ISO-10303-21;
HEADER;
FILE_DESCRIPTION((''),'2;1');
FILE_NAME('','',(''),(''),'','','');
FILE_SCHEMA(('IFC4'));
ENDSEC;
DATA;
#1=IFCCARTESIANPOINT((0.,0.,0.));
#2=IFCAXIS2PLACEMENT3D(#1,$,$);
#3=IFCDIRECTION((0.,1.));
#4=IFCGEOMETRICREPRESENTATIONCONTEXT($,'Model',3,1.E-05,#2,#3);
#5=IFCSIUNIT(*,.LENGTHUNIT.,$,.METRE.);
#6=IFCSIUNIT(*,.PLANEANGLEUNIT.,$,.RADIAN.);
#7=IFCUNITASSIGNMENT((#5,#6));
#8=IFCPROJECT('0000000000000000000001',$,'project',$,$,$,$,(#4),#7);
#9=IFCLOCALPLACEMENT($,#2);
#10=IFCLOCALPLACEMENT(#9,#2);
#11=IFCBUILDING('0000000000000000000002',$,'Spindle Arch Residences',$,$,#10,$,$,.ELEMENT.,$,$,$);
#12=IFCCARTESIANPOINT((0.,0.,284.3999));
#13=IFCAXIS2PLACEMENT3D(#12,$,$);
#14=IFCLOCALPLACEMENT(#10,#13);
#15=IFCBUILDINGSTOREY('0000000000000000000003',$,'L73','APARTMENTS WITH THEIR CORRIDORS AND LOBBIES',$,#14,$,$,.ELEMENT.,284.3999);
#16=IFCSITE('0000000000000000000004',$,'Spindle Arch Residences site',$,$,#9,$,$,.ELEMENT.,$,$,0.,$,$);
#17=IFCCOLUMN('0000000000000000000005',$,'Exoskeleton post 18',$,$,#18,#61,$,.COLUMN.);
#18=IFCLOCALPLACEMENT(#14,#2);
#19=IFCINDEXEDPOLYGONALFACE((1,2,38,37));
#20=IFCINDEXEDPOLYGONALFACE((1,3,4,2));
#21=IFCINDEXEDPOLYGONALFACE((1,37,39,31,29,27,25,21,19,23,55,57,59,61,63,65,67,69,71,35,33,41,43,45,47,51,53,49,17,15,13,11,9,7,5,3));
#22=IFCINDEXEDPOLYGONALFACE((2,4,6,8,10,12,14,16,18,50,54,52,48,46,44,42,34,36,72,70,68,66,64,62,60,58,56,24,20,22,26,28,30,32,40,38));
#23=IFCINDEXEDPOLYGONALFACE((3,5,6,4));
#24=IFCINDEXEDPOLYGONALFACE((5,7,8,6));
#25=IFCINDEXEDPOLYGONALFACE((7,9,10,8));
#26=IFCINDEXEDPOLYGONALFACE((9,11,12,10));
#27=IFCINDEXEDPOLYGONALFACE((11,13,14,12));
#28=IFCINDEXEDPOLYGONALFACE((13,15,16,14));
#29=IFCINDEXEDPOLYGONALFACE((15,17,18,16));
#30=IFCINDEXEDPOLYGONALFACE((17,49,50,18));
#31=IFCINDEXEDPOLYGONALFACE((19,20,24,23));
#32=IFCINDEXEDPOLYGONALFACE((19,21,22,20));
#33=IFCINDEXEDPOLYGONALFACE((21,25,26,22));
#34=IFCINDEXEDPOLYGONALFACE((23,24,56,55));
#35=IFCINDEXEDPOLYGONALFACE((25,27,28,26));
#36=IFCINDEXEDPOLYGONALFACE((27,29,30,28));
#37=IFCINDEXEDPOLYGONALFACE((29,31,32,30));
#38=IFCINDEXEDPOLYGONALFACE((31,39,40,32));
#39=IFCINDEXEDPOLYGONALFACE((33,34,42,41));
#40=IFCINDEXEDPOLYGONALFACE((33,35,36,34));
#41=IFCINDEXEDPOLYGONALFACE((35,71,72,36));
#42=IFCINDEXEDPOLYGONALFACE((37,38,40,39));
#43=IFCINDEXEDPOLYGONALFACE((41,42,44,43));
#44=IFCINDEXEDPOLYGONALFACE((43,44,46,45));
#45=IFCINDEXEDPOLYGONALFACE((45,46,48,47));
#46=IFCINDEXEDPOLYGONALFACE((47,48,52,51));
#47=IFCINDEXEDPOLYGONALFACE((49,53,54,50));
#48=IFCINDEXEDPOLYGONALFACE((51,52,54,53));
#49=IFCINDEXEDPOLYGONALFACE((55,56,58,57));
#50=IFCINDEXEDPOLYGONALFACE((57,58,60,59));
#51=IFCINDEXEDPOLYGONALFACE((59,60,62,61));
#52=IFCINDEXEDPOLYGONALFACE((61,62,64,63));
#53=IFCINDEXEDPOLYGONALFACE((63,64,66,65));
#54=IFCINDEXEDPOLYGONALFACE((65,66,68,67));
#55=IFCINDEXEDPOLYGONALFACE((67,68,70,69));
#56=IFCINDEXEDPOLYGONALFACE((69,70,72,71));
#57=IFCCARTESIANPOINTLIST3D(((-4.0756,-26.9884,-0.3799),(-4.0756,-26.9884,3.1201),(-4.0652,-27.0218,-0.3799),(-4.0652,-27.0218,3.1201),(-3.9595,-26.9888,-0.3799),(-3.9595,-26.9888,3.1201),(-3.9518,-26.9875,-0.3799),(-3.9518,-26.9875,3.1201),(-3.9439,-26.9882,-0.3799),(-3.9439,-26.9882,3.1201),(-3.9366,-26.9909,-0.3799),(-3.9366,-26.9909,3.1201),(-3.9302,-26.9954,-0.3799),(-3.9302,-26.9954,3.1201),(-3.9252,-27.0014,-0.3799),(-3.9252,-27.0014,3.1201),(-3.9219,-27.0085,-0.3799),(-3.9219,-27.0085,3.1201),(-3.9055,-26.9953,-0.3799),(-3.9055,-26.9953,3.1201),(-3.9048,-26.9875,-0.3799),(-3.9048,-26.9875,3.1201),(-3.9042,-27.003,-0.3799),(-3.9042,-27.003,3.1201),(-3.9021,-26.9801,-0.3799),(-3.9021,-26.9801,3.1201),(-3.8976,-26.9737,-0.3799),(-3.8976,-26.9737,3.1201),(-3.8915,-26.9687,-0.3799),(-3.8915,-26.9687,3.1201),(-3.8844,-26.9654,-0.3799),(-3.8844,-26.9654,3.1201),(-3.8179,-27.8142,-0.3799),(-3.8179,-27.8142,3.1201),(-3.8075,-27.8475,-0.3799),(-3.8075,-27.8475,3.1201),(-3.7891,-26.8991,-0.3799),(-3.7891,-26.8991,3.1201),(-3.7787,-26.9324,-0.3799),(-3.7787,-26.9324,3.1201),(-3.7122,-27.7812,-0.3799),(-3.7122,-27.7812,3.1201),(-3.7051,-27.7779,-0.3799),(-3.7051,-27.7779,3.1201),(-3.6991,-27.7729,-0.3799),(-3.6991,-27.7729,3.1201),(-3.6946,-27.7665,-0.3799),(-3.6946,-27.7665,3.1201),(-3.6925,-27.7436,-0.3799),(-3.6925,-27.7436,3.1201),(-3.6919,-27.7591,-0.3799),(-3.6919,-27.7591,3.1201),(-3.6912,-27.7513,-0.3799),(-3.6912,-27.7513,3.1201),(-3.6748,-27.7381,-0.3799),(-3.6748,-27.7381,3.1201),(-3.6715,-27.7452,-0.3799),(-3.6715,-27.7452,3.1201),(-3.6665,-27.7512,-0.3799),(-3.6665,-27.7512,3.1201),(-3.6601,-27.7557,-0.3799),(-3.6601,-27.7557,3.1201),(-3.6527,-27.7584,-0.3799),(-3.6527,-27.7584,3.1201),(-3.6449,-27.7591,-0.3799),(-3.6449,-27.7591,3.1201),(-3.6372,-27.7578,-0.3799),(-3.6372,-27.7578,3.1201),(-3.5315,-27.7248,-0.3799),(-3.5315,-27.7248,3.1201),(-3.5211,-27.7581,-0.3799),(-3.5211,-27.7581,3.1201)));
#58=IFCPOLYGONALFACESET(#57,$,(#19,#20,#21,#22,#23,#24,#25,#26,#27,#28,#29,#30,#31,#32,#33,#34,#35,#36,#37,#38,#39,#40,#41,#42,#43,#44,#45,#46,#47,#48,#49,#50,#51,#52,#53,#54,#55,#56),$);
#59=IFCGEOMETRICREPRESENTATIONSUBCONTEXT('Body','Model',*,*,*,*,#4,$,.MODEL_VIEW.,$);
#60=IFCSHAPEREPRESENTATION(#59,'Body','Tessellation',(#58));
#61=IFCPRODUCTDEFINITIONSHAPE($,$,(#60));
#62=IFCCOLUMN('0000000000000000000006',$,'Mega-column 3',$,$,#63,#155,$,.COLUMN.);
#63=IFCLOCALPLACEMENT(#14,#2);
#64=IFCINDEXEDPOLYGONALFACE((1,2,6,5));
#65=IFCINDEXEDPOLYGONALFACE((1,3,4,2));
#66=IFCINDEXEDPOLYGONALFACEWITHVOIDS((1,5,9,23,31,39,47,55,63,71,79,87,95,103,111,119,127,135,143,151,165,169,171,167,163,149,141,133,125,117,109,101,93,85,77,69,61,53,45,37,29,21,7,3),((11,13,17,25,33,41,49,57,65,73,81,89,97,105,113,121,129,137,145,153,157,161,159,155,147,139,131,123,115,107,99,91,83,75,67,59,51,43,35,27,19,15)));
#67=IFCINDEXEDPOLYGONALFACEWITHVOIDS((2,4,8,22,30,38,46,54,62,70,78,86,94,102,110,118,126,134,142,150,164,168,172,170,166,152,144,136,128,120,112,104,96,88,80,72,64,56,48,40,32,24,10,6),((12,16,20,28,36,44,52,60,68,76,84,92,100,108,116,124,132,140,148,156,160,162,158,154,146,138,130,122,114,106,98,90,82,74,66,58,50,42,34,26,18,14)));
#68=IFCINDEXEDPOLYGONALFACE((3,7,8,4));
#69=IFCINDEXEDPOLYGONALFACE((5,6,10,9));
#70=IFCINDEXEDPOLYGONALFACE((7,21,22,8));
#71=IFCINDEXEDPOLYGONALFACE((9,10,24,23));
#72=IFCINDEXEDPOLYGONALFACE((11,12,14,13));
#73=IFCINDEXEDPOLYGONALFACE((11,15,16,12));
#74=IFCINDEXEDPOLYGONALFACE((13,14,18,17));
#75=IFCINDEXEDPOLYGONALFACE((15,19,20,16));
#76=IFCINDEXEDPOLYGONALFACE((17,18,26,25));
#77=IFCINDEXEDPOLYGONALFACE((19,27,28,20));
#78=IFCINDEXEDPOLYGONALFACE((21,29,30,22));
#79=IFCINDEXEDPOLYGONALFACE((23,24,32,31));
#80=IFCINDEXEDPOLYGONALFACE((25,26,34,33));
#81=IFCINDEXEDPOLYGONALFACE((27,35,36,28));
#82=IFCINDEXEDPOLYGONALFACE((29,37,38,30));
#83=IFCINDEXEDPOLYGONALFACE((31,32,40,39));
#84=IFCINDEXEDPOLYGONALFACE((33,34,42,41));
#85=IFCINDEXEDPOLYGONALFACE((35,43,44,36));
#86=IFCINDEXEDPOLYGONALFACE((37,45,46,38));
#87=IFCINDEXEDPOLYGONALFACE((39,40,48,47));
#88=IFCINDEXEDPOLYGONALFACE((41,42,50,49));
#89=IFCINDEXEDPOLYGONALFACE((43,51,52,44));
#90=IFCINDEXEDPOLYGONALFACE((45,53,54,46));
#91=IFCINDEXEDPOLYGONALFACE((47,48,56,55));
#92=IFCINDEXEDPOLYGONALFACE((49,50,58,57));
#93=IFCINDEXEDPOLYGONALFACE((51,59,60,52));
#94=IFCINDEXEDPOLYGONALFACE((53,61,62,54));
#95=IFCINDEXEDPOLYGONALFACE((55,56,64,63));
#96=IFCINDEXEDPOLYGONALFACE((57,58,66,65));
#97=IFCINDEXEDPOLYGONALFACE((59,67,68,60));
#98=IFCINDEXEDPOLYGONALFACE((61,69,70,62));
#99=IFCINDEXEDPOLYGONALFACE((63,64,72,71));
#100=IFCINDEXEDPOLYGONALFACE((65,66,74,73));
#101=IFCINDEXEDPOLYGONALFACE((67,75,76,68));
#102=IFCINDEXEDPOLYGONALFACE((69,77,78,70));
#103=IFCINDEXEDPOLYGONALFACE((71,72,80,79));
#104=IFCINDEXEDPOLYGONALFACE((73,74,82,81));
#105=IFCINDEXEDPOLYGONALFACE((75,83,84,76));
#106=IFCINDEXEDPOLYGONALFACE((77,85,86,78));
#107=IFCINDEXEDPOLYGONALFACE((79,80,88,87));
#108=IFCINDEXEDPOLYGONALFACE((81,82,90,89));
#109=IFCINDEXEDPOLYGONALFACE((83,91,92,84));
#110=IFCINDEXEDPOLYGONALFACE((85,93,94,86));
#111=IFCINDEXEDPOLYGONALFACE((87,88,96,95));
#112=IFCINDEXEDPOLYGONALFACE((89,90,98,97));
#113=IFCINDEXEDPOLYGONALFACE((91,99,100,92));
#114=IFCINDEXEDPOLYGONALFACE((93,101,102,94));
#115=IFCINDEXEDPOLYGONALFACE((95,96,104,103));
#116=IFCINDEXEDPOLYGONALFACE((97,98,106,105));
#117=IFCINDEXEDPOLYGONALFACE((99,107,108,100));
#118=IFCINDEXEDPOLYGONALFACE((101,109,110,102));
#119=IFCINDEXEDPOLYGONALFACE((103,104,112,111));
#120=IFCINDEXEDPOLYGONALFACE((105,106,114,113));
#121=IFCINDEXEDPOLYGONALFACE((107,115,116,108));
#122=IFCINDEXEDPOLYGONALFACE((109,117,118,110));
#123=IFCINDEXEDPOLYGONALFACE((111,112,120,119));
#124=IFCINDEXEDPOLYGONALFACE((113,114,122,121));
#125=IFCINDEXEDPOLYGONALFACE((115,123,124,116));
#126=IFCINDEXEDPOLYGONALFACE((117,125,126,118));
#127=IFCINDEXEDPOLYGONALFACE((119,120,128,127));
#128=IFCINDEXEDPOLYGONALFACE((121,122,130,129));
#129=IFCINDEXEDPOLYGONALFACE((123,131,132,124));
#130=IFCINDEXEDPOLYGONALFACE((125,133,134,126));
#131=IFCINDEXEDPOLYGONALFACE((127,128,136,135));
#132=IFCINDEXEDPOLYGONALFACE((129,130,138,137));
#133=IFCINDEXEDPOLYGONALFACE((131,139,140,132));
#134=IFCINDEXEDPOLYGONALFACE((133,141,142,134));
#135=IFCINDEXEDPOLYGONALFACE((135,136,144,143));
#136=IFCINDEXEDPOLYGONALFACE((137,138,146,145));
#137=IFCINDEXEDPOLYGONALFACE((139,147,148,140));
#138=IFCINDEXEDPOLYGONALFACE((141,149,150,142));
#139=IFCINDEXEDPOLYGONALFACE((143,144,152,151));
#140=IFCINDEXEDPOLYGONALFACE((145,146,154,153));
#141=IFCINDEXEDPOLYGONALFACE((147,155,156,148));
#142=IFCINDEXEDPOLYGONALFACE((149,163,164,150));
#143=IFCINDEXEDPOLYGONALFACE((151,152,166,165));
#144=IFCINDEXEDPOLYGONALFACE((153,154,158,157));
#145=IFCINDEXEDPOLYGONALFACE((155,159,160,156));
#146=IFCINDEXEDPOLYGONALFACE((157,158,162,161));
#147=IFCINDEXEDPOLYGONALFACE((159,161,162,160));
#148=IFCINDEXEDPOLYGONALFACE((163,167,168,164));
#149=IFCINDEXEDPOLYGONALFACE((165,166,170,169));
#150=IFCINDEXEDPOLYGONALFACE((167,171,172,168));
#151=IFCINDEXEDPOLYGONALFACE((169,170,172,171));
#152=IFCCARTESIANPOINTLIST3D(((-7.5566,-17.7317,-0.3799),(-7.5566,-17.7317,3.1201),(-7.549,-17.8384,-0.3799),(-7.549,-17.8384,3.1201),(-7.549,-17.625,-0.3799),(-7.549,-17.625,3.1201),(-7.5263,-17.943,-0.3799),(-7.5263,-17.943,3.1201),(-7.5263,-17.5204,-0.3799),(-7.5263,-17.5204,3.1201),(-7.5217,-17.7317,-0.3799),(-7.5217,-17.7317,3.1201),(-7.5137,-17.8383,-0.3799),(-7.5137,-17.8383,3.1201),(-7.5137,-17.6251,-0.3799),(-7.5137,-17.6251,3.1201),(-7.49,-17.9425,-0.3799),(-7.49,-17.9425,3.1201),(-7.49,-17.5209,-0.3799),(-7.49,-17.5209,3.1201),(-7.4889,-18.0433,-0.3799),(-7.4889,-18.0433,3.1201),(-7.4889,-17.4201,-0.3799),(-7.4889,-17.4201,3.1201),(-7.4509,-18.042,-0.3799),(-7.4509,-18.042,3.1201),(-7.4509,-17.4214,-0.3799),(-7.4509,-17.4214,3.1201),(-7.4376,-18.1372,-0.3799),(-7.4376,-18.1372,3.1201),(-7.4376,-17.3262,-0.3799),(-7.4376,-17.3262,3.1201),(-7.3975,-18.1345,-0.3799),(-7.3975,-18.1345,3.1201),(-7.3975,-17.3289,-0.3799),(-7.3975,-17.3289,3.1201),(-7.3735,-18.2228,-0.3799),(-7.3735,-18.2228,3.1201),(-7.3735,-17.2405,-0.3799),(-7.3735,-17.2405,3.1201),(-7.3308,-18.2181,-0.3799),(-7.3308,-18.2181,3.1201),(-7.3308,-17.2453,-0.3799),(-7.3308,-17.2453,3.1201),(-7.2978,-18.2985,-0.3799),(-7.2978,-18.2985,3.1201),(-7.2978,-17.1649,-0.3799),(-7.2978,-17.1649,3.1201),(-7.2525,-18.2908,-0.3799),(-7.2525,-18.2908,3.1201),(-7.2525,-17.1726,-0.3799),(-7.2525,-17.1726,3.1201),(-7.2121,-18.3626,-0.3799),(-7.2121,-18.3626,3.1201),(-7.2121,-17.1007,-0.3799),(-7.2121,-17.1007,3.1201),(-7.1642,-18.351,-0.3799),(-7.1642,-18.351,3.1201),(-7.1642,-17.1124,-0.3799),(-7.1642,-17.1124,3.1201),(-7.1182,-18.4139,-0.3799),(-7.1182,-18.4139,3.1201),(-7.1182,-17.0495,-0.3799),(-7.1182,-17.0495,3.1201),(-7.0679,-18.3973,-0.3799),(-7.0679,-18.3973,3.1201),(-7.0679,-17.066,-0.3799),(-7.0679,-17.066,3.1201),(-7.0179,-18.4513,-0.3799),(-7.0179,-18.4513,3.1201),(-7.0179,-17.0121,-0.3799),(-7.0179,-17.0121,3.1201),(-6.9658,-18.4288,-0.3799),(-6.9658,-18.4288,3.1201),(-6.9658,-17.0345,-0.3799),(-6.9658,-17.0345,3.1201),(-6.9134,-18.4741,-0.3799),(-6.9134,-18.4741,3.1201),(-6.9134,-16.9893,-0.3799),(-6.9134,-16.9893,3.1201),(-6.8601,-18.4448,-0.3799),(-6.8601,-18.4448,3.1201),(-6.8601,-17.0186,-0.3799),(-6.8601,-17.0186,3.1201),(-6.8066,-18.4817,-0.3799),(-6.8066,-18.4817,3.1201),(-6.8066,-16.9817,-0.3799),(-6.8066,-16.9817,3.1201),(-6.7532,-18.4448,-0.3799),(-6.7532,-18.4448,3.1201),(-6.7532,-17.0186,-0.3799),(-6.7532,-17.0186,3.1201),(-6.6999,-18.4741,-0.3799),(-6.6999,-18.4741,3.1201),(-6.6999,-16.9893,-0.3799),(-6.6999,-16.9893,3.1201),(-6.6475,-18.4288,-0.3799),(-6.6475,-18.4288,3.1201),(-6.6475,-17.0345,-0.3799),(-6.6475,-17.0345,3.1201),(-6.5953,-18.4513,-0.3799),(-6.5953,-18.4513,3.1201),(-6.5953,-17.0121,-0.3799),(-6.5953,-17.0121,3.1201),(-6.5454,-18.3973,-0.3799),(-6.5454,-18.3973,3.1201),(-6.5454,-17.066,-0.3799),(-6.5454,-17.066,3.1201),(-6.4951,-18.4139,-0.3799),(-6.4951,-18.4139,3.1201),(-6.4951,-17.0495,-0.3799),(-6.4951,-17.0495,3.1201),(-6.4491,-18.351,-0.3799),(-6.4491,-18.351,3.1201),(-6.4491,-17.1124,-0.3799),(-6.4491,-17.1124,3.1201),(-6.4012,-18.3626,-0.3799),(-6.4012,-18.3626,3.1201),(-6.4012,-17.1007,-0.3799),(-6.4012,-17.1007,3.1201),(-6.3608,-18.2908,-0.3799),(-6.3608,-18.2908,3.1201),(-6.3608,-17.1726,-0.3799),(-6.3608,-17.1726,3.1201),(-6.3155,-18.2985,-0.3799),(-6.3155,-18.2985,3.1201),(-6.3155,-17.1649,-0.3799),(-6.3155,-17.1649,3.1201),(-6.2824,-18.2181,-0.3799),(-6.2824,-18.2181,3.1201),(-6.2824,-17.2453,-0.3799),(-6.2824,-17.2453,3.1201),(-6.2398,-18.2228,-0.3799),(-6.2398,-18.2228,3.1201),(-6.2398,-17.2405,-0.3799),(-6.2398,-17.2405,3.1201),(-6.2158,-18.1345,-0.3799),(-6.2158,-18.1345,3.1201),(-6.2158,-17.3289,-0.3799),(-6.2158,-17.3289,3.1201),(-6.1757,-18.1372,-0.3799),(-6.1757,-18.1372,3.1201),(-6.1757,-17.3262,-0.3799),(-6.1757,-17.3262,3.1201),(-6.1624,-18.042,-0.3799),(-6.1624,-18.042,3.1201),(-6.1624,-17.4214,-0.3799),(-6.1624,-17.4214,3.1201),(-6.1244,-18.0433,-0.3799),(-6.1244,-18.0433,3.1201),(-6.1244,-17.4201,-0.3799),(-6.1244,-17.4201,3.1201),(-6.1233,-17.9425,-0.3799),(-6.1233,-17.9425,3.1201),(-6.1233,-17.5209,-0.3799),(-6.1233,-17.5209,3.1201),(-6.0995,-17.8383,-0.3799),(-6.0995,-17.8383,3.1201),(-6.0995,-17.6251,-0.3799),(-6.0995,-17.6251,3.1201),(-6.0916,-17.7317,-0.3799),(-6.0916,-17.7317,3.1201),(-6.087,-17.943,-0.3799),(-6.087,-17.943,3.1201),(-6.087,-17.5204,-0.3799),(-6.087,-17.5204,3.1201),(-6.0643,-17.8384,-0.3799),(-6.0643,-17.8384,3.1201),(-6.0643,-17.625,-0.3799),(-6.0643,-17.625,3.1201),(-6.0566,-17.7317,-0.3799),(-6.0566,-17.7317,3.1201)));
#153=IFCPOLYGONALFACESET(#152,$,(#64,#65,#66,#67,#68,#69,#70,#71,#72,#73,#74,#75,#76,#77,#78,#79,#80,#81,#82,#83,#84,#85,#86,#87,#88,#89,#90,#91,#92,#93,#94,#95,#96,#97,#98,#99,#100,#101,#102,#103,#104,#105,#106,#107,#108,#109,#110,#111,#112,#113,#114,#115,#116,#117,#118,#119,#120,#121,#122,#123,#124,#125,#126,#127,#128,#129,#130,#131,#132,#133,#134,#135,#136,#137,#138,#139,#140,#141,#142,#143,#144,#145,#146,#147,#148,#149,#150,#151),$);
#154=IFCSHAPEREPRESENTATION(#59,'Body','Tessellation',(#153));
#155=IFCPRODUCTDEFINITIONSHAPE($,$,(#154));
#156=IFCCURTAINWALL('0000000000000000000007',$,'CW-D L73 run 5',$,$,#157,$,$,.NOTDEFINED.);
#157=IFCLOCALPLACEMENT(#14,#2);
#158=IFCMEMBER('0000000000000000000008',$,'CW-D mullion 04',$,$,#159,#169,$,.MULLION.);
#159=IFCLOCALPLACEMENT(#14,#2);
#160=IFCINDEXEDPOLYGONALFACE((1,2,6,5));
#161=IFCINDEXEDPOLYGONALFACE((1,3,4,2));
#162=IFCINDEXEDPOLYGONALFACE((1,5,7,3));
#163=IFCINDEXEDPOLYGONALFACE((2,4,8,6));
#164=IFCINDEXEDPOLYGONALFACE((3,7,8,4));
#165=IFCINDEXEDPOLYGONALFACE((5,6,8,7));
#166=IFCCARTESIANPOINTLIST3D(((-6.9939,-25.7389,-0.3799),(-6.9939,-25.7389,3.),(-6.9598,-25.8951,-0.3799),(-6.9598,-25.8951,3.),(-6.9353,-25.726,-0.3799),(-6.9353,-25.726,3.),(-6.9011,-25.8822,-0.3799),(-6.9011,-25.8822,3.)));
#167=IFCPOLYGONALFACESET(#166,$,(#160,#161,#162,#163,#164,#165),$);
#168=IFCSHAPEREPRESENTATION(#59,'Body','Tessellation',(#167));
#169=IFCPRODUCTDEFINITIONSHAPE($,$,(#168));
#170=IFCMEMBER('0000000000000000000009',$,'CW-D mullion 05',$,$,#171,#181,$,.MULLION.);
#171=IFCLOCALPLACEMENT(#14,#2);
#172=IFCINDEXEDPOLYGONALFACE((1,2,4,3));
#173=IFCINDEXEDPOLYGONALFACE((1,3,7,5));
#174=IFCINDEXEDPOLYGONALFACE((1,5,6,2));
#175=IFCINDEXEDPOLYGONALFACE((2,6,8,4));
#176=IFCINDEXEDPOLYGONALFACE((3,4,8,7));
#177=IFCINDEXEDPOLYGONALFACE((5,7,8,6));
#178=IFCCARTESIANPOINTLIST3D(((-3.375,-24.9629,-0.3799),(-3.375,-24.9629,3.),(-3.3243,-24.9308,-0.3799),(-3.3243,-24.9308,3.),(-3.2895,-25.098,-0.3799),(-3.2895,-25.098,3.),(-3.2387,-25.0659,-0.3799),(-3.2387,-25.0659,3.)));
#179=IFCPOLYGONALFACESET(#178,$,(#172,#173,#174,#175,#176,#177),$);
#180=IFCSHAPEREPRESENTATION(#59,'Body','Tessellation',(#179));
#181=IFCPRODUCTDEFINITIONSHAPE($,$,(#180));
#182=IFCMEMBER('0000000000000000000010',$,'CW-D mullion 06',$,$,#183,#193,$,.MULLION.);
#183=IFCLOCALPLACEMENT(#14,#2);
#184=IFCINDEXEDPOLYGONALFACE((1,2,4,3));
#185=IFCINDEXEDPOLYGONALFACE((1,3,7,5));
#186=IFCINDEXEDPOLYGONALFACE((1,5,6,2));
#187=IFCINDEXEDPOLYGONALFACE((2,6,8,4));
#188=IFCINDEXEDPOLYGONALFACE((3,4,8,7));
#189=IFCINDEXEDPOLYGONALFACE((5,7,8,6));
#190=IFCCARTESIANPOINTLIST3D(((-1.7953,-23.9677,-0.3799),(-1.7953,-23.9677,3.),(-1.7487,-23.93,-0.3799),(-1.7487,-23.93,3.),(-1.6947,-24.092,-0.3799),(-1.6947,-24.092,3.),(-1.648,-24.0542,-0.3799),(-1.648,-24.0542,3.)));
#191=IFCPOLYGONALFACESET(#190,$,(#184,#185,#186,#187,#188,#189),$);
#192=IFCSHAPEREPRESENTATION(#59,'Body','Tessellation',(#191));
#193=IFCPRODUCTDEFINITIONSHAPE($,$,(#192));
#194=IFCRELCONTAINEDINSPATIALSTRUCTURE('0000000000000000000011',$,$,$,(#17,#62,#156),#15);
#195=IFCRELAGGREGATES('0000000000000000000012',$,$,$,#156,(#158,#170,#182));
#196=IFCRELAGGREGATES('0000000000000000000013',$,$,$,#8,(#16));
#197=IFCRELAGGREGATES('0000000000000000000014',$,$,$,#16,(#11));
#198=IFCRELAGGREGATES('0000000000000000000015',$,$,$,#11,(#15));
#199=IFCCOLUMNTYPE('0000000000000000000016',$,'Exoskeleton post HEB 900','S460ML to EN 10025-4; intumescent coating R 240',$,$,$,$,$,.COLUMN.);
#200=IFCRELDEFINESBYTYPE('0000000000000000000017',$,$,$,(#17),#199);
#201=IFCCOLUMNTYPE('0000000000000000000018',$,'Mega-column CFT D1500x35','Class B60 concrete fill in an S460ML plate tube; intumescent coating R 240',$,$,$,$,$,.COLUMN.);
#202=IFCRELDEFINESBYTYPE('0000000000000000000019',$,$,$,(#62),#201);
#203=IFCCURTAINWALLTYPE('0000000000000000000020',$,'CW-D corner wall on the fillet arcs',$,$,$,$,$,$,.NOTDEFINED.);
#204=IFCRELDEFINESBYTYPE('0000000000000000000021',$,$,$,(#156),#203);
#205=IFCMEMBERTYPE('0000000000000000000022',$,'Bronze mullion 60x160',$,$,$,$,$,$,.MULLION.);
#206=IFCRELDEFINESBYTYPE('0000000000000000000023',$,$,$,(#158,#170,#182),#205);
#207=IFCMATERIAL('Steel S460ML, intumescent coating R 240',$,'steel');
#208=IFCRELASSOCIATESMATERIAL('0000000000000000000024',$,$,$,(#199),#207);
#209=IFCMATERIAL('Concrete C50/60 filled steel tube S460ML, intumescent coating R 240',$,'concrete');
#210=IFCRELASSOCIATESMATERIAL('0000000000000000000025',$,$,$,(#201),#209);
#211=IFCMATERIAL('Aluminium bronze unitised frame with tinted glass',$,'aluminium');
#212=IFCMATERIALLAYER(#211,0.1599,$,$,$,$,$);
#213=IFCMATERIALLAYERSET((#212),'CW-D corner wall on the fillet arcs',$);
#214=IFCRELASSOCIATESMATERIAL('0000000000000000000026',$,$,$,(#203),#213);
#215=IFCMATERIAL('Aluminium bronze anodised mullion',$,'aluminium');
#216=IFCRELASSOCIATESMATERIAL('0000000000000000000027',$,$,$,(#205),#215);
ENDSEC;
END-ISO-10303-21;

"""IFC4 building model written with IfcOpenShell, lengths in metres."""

from ifc_helpers import new_model, si_unit, direction, frame, origin, origin_2d, place, context, subcontext, project, spatial, rectangle, hollow_circle, i_section, extrude, material, layer, layer_set, material_profile, profile_set, type_object, element, aggregate, save


model = new_model("IFC4")

# Units and contexts
model_context = context("Model", 3, precision=1e-05, world=origin(), true_north=direction((0.0, 1.0)))
body_context = subcontext(model_context, "Body", "Model", "MODEL_VIEW")
ifc_project = project(units=[si_unit("LENGTHUNIT", "METRE"), si_unit("PLANEANGLEUNIT", "RADIAN")], contexts=[model_context])

# Site, building, storey
site_placement = place(None, origin())
site = spatial("IfcSite", under=ifc_project, at=site_placement, Name="Spindle Arch Residences site", CompositionType="ELEMENT", RefElevation=0.0)
building_placement = place(site_placement, origin())
building = spatial("IfcBuilding", under=site, at=building_placement, Name="Spindle Arch Residences", CompositionType="ELEMENT")
storey_placement = place(building_placement, frame((0.0, 0.0, 284.3999)))
storey = spatial("IfcBuildingStorey", under=building, at=storey_placement, Name="L73", Description="APARTMENTS WITH THEIR CORRIDORS AND LOBBIES", CompositionType="ELEMENT", Elevation=284.3999)

# Columns
ifc_material_1 = material(Name="Steel S460ML, intumescent coating R 240", Category="steel")
ifc_material_profile_1 = material_profile(ifc_material_1, i_section(OverallWidth=0.3, OverallDepth=0.8999, WebThickness=0.0186, FlangeThickness=0.0349, FilletRadius=0.03, at=origin_2d()), Name="HEB 900")
ifc_profile_set_1 = profile_set([ifc_material_profile_1], Name="Steel S460ML, intumescent coating R 240")
column_type_1 = type_object("IfcColumnType", Name="Exoskeleton post HEB 900", Description="S460ML to EN 10025-4; intumescent coating R 240", PredefinedType="COLUMN", material=ifc_profile_set_1)
column_1_placement = place(storey_placement, frame((-3.7983, -27.3733, -0.3799), z_axis=(0.0, 0.0, 1.0), x_axis=(-0.954617, -0.297835, 0.0)))
element("IfcColumn", 1, at=column_1_placement, inside=storey, type_object=column_type_1, Name="Exoskeleton post 18", PredefinedType="COLUMN", context=body_context, shape_type="SweptSolid", body=[
    extrude(i_section(OverallWidth=0.3, OverallDepth=0.8999, WebThickness=0.0186, FlangeThickness=0.0349, FilletRadius=0.03, at=origin_2d()), origin(), (0.0, 0.0, 1.0), 3.5),
])
ifc_material_2 = material(Name="Concrete C50/60 filled steel tube S460ML, intumescent coating R 240", Category="concrete")
ifc_material_profile_2 = material_profile(ifc_material_2, hollow_circle(Radius=0.75, WallThickness=0.0349, at=origin_2d()), Name="CFT D1500x35")
ifc_profile_set_2 = profile_set([ifc_material_profile_2], Name="Concrete C50/60 filled steel tube S460ML, intumescent coating R 240")
column_type_2 = type_object("IfcColumnType", Name="Mega-column CFT D1500x35", Description="Class B60 concrete fill in an S460ML plate tube; intumescent coating R 240", PredefinedType="COLUMN", material=ifc_profile_set_2)
column_2_placement = place(storey_placement, frame((-6.8066, -17.7317, -0.3799), z_axis=(0.0, 0.0, 1.0), x_axis=(1.0, 0.0, 0.0)))
element("IfcColumn", 2, at=column_2_placement, inside=storey, type_object=column_type_2, Name="Mega-column 3", PredefinedType="COLUMN", context=body_context, shape_type="SweptSolid", body=[
    extrude(hollow_circle(Radius=0.75, WallThickness=0.0349, at=origin_2d()), origin(), (0.0, 0.0, 1.0), 3.5),
])

# Curtain wall, members
ifc_material_3 = material(Name="Aluminium bronze unitised frame with tinted glass", Category="aluminium")
ifc_layer_1 = layer(ifc_material_3, 0.1599)
ifc_layer_set_1 = layer_set([ifc_layer_1], Name="CW-D corner wall on the fillet arcs")
curtain_wall_type = type_object("IfcCurtainWallType", Name="CW-D corner wall on the fillet arcs", PredefinedType="NOTDEFINED", material=ifc_layer_set_1)
curtain_wall_placement = place(storey_placement, origin())
curtain_wall = element("IfcCurtainWall", 3, at=curtain_wall_placement, inside=storey, type_object=curtain_wall_type, Name="CW-D L73 run 5", PredefinedType="NOTDEFINED")
ifc_material_4 = material(Name="Aluminium bronze anodised mullion", Category="aluminium")
ifc_material_profile_3 = material_profile(ifc_material_4, rectangle(XDim=0.1599, YDim=0.0601, at=origin_2d()), Name="MU 60x160")
ifc_profile_set_3 = profile_set([ifc_material_profile_3], Name="Aluminium bronze anodised mullion")
member_type_1 = type_object("IfcMemberType", Name="Bronze mullion 60x160", PredefinedType="MULLION", material=ifc_profile_set_3)
member_1_placement = place(storey_placement, frame((-6.9475, -25.8105, -0.3799), z_axis=(0.0, 0.0, 1.0), x_axis=(-0.213599, 0.976921, 0.0)))
member_1 = element("IfcMember", 4, at=member_1_placement, type_object=member_type_1, Name="CW-D mullion 04", PredefinedType="MULLION", context=body_context, shape_type="SweptSolid", body=[
    extrude(rectangle(XDim=0.1599, YDim=0.0601, at=origin_2d()), origin(), (0.0, 0.0, 1.0), 3.3799),
])
member_2_placement = place(storey_placement, frame((-3.3069, -25.0144, -0.3799), z_axis=(0.0, 0.0, 1.0), x_axis=(-0.534844, 0.844951, 0.0)))
member_2 = element("IfcMember", 5, at=member_2_placement, type_object=member_type_1, Name="CW-D mullion 05", PredefinedType="MULLION", context=body_context, shape_type="SweptSolid", body=[
    extrude(rectangle(XDim=0.1599, YDim=0.0601, at=origin_2d()), origin(), (0.0, 0.0, 1.0), 3.3799),
])
member_3_placement = place(storey_placement, frame((-1.7217, -24.011, -0.3799), z_axis=(0.0, 0.0, 1.0), x_axis=(-0.62932, 0.777146, 0.0)))
member_3 = element("IfcMember", 6, at=member_3_placement, type_object=member_type_1, Name="CW-D mullion 06", PredefinedType="MULLION", context=body_context, shape_type="SweptSolid", body=[
    extrude(rectangle(XDim=0.1599, YDim=0.0601, at=origin_2d()), origin(), (0.0, 0.0, 1.0), 3.3799),
])

aggregate(curtain_wall, [member_1, member_2, member_3])

save(model, "model.ifc")
